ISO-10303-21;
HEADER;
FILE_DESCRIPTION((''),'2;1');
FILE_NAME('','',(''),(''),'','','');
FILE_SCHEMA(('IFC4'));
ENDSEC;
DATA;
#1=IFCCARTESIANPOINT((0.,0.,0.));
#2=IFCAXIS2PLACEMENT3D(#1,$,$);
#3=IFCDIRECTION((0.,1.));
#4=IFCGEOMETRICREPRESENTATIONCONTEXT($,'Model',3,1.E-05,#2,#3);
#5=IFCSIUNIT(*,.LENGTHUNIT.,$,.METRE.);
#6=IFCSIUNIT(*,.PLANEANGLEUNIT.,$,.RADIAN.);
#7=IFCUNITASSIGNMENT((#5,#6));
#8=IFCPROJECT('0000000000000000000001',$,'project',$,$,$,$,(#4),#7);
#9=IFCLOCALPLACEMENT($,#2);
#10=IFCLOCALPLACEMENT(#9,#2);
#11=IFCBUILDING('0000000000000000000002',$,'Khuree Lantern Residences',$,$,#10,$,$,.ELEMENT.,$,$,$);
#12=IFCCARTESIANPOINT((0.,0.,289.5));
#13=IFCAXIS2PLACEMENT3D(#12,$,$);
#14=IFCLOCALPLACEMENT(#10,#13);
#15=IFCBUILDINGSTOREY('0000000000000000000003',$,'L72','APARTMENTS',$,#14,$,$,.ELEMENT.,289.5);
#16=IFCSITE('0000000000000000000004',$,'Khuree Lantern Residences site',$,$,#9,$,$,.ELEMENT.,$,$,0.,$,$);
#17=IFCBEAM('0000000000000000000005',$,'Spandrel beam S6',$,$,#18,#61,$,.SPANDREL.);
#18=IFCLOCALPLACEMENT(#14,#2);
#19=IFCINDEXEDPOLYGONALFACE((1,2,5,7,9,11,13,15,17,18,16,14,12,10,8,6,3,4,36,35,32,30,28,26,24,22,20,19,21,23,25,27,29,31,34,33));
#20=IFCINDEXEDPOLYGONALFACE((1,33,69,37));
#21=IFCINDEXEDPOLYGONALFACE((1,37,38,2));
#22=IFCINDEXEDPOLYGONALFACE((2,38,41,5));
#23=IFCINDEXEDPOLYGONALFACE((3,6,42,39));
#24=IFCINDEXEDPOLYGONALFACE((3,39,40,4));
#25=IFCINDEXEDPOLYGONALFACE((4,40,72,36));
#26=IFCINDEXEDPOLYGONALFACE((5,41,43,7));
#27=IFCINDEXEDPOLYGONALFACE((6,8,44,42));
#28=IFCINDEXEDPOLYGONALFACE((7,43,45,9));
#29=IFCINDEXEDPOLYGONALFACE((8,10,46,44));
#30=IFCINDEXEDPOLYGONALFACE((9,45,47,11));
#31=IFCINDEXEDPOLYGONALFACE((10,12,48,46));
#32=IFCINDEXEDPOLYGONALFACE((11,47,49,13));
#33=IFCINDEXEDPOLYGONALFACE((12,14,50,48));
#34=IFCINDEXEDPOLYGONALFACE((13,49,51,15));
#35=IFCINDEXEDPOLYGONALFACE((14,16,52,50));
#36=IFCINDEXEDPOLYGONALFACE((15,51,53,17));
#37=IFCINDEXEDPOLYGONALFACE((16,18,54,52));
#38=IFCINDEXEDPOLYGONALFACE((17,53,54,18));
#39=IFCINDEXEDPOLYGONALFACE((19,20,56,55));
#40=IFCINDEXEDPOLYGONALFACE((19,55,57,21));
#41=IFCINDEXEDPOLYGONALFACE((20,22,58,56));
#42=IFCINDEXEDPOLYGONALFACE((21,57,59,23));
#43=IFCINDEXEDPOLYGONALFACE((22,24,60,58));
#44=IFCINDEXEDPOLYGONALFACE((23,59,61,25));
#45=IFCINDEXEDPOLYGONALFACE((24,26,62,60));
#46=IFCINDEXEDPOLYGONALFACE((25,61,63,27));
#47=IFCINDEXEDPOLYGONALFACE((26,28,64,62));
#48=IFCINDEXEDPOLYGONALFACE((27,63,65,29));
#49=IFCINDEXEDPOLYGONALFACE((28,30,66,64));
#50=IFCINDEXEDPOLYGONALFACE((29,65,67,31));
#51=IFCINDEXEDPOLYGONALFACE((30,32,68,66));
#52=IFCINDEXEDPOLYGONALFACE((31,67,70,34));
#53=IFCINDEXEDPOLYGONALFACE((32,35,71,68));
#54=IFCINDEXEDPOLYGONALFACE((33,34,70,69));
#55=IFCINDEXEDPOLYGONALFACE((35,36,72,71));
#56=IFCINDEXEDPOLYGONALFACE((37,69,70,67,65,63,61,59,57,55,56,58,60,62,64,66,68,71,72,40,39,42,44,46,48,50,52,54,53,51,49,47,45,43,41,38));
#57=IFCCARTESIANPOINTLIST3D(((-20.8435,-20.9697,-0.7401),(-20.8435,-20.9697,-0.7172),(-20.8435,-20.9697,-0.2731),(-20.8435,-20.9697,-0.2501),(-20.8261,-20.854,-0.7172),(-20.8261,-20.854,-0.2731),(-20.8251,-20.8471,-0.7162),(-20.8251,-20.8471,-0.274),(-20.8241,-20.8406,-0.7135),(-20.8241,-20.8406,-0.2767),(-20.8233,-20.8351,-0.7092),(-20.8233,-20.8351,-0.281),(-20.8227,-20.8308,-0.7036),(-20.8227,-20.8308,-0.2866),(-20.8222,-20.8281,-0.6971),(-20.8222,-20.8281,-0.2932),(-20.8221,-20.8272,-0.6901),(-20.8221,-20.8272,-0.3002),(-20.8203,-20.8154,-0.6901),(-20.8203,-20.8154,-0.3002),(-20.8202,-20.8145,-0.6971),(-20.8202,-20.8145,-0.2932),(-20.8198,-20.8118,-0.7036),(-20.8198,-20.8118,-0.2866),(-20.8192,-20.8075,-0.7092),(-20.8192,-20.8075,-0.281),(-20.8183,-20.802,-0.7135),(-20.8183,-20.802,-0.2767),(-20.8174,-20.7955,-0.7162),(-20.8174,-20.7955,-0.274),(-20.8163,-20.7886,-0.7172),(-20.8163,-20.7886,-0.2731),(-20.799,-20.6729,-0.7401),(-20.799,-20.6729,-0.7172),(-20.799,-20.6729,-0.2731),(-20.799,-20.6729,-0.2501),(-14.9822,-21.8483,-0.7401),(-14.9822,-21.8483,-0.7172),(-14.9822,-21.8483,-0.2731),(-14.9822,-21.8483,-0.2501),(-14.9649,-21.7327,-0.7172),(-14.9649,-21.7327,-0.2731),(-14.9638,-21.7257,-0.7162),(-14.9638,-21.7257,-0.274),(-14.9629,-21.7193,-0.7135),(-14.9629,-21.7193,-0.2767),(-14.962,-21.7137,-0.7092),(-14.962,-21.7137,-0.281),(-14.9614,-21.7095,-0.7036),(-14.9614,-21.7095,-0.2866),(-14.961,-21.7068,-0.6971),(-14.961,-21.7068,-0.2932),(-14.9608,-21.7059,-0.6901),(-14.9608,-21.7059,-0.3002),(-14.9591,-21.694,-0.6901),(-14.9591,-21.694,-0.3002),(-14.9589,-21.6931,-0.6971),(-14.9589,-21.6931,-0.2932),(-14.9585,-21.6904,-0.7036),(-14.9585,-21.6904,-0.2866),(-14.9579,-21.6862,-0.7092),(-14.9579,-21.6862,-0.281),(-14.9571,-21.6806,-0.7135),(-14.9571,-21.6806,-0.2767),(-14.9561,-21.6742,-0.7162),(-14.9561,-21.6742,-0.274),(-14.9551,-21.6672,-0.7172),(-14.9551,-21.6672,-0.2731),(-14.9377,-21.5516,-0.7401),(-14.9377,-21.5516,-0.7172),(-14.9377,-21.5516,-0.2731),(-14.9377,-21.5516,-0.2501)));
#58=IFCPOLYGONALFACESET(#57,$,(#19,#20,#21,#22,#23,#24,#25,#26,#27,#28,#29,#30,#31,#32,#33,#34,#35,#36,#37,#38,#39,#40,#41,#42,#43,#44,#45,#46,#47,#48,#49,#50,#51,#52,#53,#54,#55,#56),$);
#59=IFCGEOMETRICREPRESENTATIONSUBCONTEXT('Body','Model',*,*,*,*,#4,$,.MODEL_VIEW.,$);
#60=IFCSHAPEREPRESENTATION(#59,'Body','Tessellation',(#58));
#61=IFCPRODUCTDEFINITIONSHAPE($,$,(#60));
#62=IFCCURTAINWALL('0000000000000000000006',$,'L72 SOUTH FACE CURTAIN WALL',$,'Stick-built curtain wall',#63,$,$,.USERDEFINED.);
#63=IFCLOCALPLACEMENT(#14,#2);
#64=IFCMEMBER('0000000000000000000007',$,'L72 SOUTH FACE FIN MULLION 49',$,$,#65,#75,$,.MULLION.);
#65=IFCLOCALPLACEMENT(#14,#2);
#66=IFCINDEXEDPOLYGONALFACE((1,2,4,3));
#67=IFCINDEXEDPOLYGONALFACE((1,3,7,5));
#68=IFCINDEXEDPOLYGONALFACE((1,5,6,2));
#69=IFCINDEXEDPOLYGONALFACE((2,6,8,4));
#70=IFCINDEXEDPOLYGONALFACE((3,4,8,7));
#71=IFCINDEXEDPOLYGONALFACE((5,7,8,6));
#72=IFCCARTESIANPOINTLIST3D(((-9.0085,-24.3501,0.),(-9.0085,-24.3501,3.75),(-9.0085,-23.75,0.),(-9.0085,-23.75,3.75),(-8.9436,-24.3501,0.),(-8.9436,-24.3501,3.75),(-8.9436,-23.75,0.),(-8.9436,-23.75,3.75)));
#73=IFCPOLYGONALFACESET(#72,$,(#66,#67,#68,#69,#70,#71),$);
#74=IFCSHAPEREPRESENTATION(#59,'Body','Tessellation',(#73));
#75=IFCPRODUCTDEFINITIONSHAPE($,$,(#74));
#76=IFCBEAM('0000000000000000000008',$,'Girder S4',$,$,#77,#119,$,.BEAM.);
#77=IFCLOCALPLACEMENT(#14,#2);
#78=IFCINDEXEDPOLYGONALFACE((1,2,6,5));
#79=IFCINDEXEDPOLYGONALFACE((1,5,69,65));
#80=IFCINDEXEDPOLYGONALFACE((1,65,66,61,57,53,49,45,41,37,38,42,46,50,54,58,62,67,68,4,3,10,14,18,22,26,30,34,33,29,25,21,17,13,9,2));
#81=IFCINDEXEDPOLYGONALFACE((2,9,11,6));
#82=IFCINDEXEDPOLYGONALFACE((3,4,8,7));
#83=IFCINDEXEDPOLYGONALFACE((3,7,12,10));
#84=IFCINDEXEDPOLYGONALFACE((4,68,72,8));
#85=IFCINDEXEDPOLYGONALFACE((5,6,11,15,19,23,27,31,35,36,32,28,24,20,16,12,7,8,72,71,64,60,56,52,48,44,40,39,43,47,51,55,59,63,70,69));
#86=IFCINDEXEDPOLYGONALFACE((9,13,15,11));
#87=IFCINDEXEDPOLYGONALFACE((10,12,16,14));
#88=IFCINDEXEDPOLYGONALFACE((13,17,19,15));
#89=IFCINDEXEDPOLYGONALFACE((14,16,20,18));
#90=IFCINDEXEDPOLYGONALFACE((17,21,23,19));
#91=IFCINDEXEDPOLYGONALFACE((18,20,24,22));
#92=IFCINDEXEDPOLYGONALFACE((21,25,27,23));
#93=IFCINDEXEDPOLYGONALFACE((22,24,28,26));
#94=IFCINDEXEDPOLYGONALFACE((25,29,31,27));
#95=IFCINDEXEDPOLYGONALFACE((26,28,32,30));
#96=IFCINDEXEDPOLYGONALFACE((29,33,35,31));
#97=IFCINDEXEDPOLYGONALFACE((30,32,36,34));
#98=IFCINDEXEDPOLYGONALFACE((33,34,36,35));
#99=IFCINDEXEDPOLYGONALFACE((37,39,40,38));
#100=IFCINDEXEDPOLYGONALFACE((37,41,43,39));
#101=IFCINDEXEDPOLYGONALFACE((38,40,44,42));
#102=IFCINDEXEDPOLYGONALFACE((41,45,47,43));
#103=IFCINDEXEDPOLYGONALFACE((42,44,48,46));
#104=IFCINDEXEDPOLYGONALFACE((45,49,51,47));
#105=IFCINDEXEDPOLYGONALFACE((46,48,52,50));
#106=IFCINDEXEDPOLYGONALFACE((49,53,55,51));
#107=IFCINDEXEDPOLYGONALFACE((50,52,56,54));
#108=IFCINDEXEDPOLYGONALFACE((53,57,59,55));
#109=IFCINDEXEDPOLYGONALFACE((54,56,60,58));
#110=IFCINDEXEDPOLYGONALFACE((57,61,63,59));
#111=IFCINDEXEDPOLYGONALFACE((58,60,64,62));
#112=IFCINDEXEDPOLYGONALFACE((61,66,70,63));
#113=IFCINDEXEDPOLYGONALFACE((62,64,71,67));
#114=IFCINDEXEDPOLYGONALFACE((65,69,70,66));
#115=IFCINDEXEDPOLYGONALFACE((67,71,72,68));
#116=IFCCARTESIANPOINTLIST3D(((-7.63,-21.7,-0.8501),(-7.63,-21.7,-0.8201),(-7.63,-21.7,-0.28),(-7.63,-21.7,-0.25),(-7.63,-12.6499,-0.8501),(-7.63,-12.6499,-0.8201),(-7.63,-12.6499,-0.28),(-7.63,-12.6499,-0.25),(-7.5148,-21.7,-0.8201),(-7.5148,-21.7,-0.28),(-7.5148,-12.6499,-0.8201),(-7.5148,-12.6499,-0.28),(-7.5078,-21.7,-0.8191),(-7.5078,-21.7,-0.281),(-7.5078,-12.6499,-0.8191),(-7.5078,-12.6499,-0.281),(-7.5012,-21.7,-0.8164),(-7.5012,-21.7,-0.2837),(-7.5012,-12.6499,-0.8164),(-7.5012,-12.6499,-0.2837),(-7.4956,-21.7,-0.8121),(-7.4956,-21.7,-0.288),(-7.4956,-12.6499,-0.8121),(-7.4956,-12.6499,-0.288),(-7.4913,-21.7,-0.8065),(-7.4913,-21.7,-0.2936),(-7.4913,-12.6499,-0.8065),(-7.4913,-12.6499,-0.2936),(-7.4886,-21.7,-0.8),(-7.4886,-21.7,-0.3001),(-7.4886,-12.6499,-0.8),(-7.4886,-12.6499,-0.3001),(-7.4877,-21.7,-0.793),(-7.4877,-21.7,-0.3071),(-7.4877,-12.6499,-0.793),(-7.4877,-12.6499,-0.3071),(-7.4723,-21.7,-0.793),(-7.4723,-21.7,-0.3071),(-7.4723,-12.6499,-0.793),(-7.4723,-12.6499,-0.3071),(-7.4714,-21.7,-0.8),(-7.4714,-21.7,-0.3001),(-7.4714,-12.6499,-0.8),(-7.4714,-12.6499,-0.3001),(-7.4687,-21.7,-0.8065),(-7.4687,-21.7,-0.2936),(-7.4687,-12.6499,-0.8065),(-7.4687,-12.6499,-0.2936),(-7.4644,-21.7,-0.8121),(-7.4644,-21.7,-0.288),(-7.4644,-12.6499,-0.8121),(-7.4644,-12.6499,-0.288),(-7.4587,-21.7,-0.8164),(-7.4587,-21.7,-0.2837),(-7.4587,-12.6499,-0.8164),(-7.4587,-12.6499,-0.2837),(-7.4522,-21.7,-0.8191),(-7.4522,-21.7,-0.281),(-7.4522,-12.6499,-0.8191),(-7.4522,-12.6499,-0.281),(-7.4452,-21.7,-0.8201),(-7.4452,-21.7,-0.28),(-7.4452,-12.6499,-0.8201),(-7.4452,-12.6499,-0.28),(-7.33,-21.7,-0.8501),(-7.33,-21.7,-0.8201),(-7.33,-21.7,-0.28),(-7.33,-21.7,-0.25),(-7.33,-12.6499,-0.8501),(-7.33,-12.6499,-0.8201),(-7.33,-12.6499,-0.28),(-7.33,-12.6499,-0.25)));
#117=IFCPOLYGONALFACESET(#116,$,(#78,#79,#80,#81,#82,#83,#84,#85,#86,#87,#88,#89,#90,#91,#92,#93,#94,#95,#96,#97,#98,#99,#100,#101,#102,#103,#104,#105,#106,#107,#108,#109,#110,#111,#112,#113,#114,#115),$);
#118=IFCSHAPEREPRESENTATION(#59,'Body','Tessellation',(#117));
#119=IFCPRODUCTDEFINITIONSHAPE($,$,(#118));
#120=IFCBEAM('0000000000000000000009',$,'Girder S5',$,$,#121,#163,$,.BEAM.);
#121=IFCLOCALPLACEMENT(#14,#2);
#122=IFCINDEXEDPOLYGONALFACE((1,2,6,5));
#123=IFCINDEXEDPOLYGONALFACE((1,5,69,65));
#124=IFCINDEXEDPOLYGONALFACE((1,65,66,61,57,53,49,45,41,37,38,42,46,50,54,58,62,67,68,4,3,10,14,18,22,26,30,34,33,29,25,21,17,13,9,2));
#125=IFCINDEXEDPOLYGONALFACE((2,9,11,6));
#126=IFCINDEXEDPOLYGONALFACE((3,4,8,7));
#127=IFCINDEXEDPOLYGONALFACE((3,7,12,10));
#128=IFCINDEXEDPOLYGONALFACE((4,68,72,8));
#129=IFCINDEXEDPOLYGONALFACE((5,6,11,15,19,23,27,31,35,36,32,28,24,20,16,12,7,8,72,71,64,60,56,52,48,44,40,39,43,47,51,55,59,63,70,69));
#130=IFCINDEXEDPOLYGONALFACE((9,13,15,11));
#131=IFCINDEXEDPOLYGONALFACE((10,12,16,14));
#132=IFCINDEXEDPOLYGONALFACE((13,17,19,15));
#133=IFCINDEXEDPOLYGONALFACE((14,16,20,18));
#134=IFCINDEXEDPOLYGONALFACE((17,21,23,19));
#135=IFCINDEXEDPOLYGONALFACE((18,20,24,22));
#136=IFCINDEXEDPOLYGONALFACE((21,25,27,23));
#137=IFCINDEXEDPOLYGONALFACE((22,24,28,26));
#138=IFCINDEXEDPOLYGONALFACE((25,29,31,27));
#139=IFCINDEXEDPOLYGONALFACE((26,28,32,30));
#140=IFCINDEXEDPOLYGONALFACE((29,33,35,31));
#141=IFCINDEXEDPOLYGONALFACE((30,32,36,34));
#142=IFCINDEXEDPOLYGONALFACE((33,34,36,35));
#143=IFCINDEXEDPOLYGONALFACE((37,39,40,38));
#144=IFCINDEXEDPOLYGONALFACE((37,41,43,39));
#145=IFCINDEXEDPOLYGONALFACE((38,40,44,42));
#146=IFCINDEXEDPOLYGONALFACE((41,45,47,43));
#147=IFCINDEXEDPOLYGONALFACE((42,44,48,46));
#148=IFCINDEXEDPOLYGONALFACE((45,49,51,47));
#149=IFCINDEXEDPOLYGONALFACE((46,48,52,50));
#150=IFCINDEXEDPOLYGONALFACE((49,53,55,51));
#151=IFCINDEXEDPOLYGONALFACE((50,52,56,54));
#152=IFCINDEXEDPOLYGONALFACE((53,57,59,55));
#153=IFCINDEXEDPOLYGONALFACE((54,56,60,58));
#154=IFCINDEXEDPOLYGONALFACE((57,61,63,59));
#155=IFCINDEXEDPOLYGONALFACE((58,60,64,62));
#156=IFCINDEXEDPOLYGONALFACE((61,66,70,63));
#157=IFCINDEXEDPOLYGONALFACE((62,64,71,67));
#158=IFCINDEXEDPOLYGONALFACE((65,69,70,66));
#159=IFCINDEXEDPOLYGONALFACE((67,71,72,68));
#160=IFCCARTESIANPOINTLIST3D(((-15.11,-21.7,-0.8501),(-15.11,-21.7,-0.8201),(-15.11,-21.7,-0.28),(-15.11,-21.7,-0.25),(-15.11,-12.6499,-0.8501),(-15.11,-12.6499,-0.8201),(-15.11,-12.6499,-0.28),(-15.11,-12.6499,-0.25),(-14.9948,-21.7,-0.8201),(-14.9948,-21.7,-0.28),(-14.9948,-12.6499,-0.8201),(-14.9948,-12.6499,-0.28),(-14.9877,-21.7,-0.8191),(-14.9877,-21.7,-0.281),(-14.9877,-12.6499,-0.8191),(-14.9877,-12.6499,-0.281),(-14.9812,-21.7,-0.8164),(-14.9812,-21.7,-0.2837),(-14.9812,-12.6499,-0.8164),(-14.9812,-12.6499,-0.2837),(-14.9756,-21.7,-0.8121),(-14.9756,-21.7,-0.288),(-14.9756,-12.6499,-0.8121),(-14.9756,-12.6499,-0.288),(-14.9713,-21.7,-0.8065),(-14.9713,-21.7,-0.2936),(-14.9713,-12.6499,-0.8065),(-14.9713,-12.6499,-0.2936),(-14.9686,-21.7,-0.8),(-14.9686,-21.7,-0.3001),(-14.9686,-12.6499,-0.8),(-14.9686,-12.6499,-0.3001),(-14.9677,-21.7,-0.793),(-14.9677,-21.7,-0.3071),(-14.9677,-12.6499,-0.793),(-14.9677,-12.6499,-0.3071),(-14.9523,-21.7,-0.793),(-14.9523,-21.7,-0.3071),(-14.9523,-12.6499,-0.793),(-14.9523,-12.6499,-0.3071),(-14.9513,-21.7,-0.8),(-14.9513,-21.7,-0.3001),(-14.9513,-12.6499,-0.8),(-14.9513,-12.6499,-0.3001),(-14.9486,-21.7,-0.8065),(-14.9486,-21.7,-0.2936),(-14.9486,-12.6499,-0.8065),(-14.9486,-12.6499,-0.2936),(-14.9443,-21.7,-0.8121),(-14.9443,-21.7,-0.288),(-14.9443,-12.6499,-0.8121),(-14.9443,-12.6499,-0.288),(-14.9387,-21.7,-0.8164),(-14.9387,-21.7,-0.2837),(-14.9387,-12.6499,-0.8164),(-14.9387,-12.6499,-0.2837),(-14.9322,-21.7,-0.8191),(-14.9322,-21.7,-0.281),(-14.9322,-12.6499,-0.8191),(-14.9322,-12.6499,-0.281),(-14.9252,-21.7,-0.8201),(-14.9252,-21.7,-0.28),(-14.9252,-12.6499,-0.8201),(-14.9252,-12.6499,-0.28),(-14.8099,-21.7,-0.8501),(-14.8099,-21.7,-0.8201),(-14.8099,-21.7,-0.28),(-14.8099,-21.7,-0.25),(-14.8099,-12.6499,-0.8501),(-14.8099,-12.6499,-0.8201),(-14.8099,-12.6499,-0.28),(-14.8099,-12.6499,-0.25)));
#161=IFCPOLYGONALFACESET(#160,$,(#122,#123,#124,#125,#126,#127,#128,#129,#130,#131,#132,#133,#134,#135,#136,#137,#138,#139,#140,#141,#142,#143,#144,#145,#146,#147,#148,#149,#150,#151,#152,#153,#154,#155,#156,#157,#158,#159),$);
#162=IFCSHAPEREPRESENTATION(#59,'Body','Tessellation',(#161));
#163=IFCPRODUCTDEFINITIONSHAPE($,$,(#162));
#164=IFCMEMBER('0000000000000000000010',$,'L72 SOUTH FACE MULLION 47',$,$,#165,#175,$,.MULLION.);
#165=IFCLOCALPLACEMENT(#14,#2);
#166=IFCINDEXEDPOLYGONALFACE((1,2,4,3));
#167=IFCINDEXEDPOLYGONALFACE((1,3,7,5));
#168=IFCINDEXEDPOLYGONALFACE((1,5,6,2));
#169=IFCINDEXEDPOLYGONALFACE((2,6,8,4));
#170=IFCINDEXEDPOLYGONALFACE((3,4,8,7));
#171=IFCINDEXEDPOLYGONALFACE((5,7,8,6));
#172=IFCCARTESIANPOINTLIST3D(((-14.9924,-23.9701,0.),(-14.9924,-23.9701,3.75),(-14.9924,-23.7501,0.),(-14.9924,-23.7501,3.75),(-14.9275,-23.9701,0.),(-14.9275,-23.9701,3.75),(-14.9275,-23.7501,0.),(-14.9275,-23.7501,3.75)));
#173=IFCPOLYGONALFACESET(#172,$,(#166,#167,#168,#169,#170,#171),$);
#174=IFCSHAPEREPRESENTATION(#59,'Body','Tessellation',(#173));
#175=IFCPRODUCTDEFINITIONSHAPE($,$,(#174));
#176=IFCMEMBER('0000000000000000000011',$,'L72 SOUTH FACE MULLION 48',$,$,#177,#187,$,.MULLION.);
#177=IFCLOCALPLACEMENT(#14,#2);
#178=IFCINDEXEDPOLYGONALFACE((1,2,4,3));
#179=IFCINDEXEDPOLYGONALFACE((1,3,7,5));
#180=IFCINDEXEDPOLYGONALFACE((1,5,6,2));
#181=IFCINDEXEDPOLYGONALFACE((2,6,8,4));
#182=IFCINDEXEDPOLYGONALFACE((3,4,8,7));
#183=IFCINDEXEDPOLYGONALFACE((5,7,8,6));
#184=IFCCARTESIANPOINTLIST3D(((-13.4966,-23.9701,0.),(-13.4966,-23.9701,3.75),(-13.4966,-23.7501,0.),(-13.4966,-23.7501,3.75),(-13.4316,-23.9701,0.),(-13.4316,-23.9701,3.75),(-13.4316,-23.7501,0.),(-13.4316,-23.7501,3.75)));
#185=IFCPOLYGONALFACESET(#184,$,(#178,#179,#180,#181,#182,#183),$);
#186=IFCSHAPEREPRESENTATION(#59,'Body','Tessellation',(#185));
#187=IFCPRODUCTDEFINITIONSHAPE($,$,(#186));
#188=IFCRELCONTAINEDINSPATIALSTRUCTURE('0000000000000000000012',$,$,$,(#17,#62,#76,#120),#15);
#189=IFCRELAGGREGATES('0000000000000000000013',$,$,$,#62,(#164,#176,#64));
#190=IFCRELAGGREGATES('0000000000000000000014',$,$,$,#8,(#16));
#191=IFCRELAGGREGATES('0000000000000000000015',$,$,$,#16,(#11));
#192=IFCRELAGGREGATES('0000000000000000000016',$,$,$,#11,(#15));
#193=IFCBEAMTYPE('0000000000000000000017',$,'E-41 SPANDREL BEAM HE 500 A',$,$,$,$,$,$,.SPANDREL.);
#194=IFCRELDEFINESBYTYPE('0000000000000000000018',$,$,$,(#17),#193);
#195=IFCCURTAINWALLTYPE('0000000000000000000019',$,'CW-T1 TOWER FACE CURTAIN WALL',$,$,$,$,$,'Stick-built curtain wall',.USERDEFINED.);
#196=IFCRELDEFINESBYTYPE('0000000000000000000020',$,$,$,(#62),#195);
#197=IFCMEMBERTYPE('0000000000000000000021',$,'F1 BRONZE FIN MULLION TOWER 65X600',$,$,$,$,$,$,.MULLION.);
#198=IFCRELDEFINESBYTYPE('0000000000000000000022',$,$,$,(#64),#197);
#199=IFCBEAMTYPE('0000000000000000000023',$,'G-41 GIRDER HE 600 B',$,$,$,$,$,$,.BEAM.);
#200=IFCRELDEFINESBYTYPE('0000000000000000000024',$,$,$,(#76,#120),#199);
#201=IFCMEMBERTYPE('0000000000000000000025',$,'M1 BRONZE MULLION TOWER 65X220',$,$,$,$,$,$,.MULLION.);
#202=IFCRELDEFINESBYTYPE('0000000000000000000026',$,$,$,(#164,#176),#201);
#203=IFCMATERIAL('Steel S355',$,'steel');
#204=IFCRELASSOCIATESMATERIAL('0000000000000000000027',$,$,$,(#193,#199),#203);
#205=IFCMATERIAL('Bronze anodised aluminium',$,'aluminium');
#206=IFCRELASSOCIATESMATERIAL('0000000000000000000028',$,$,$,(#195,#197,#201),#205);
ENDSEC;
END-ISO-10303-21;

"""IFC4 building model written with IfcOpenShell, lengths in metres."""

from ifc_helpers import new_model, si_unit, direction, frame, origin, origin_2d, place, context, subcontext, project, spatial, rectangle, i_section, extrude, material, material_profile, profile_set, type_object, element, aggregate, save


model = new_model("IFC4")

# Units and contexts
model_context = context("Model", 3, precision=1e-05, world=origin(), true_north=direction((0.0, 1.0)))
body_context = subcontext(model_context, "Body", "Model", "MODEL_VIEW")
ifc_project = project(units=[si_unit("LENGTHUNIT", "METRE"), si_unit("PLANEANGLEUNIT", "RADIAN")], contexts=[model_context])

# Site, building, storey
site_placement = place(None, origin())
site = spatial("IfcSite", under=ifc_project, at=site_placement, Name="Khuree Lantern Residences site", CompositionType="ELEMENT", RefElevation=0.0)
building_placement = place(site_placement, origin())
building = spatial("IfcBuilding", under=site, at=building_placement, Name="Khuree Lantern Residences", CompositionType="ELEMENT")
storey_placement = place(building_placement, frame((0.0, 0.0, 289.5)))
storey = spatial("IfcBuildingStorey", under=building, at=storey_placement, Name="L72", Description="APARTMENTS", CompositionType="ELEMENT", Elevation=289.5)

# Beam
ifc_material_1 = material(Name="Steel S355", Category="steel")
ifc_material_profile_1 = material_profile(ifc_material_1, i_section(OverallWidth=0.3, OverallDepth=0.49, WebThickness=0.012, FlangeThickness=0.0229, FilletRadius=0.0271, at=origin_2d()), Name="HE 500 A")
ifc_profile_set_1 = profile_set([ifc_material_profile_1], Name="Steel S355")
beam_type_1 = type_object("IfcBeamType", Name="E-41 SPANDREL BEAM HE 500 A", PredefinedType="SPANDREL", material=ifc_profile_set_1)
beam_1_placement = place(storey_placement, frame((-14.96, -21.7, -0.4951), z_axis=(-0.98895, 0.148252, 0.0), x_axis=(-0.148252, -0.98895, 0.0)))
element("IfcBeam", 1, at=beam_1_placement, inside=storey, type_object=beam_type_1, Name="Spandrel beam S6", PredefinedType="SPANDREL", context=body_context, shape_type="SweptSolid", body=[
    extrude(i_section(OverallWidth=0.3, OverallDepth=0.49, WebThickness=0.012, FlangeThickness=0.0229, FilletRadius=0.0271, at=origin_2d()), origin(), (0.0, 0.0, 1.0), 5.9268),
])

# Curtain wall, member
ifc_material_2 = material(Name="Bronze anodised aluminium", Category="aluminium")
curtain_wall_type = type_object("IfcCurtainWallType", Name="CW-T1 TOWER FACE CURTAIN WALL", ElementType="Stick-built curtain wall", PredefinedType="USERDEFINED", material=ifc_material_2)
curtain_wall_placement = place(storey_placement, origin())
curtain_wall = element("IfcCurtainWall", 2, at=curtain_wall_placement, inside=storey, type_object=curtain_wall_type, Name="L72 SOUTH FACE CURTAIN WALL", ObjectType="Stick-built curtain wall", PredefinedType="USERDEFINED")
ifc_material_profile_2 = material_profile(ifc_material_2, rectangle(XDim=0.0649, YDim=0.6001, at=origin_2d()), Name="F1 65X600")
ifc_profile_set_2 = profile_set([ifc_material_profile_2], Name="Bronze anodised aluminium")
member_type_1 = type_object("IfcMemberType", Name="F1 BRONZE FIN MULLION TOWER 65X600", PredefinedType="MULLION", material=ifc_profile_set_2)
member_1_placement = place(storey_placement, frame((-8.9761, -24.05, 0.0), z_axis=(0.0, 0.0, 1.0), x_axis=(1.0, 0.0, 0.0)))
member_1 = element("IfcMember", 3, at=member_1_placement, type_object=member_type_1, Name="L72 SOUTH FACE FIN MULLION 49", PredefinedType="MULLION", context=body_context, shape_type="SweptSolid", body=[
    extrude(rectangle(XDim=0.0649, YDim=0.6001, at=origin_2d()), origin(), (0.0, 0.0, 1.0), 3.75),
])

# Beams
ifc_material_profile_3 = material_profile(ifc_material_1, i_section(OverallWidth=0.3, OverallDepth=0.6001, WebThickness=0.0154, FlangeThickness=0.03, FilletRadius=0.0271, at=origin_2d()), Name="HE 600 B")
ifc_profile_set_3 = profile_set([ifc_material_profile_3], Name="Steel S355")
beam_type_2 = type_object("IfcBeamType", Name="G-41 GIRDER HE 600 B", PredefinedType="BEAM", material=ifc_profile_set_3)
for number, where, z_axis, x_axis, name in (
    (4, (-7.48, -21.7, -0.55), (0.0, 1.0, 0.0), (-1.0, 0.0, 0.0), "Girder S4"),
    (5, (-14.96, -21.7, -0.55), (0.0, 1.0, 0.0), (-1.0, 0.0, 0.0), "Girder S5"),
):
    element("IfcBeam", number, at=place(storey_placement, frame(where, z_axis=z_axis, x_axis=x_axis)), inside=storey, type_object=beam_type_2, Name=name, PredefinedType="BEAM", context=body_context, shape_type="SweptSolid", body=[
        extrude(i_section(OverallWidth=0.3, OverallDepth=0.6001, WebThickness=0.0154, FlangeThickness=0.03, FilletRadius=0.0271, at=origin_2d()), origin(), (0.0, 0.0, 1.0), 9.05),
    ])

# Members
ifc_material_profile_4 = material_profile(ifc_material_2, rectangle(XDim=0.0649, YDim=0.22, at=origin_2d()), Name="M1 65X220")
ifc_profile_set_4 = profile_set([ifc_material_profile_4], Name="Bronze anodised aluminium")
member_type_2 = type_object("IfcMemberType", Name="M1 BRONZE MULLION TOWER 65X220", PredefinedType="MULLION", material=ifc_profile_set_4)
member_2_placement = place(storey_placement, frame((-14.96, -23.8601, 0.0), z_axis=(0.0, 0.0, 1.0), x_axis=(1.0, 0.0, 0.0)))
member_2 = element("IfcMember", 6, at=member_2_placement, type_object=member_type_2, Name="L72 SOUTH FACE MULLION 47", PredefinedType="MULLION", context=body_context, shape_type="SweptSolid", body=[
    extrude(rectangle(XDim=0.0649, YDim=0.22, at=origin_2d()), origin(), (0.0, 0.0, 1.0), 3.75),
])
member_3_placement = place(storey_placement, frame((-13.4641, -23.8601, 0.0), z_axis=(0.0, 0.0, 1.0), x_axis=(1.0, 0.0, 0.0)))
member_3 = element("IfcMember", 7, at=member_3_placement, type_object=member_type_2, Name="L72 SOUTH FACE MULLION 48", PredefinedType="MULLION", context=body_context, shape_type="SweptSolid", body=[
    extrude(rectangle(XDim=0.0649, YDim=0.22, at=origin_2d()), origin(), (0.0, 0.0, 1.0), 3.75),
])

aggregate(curtain_wall, [member_2, member_3, member_1])

save(model, "model.ifc")
